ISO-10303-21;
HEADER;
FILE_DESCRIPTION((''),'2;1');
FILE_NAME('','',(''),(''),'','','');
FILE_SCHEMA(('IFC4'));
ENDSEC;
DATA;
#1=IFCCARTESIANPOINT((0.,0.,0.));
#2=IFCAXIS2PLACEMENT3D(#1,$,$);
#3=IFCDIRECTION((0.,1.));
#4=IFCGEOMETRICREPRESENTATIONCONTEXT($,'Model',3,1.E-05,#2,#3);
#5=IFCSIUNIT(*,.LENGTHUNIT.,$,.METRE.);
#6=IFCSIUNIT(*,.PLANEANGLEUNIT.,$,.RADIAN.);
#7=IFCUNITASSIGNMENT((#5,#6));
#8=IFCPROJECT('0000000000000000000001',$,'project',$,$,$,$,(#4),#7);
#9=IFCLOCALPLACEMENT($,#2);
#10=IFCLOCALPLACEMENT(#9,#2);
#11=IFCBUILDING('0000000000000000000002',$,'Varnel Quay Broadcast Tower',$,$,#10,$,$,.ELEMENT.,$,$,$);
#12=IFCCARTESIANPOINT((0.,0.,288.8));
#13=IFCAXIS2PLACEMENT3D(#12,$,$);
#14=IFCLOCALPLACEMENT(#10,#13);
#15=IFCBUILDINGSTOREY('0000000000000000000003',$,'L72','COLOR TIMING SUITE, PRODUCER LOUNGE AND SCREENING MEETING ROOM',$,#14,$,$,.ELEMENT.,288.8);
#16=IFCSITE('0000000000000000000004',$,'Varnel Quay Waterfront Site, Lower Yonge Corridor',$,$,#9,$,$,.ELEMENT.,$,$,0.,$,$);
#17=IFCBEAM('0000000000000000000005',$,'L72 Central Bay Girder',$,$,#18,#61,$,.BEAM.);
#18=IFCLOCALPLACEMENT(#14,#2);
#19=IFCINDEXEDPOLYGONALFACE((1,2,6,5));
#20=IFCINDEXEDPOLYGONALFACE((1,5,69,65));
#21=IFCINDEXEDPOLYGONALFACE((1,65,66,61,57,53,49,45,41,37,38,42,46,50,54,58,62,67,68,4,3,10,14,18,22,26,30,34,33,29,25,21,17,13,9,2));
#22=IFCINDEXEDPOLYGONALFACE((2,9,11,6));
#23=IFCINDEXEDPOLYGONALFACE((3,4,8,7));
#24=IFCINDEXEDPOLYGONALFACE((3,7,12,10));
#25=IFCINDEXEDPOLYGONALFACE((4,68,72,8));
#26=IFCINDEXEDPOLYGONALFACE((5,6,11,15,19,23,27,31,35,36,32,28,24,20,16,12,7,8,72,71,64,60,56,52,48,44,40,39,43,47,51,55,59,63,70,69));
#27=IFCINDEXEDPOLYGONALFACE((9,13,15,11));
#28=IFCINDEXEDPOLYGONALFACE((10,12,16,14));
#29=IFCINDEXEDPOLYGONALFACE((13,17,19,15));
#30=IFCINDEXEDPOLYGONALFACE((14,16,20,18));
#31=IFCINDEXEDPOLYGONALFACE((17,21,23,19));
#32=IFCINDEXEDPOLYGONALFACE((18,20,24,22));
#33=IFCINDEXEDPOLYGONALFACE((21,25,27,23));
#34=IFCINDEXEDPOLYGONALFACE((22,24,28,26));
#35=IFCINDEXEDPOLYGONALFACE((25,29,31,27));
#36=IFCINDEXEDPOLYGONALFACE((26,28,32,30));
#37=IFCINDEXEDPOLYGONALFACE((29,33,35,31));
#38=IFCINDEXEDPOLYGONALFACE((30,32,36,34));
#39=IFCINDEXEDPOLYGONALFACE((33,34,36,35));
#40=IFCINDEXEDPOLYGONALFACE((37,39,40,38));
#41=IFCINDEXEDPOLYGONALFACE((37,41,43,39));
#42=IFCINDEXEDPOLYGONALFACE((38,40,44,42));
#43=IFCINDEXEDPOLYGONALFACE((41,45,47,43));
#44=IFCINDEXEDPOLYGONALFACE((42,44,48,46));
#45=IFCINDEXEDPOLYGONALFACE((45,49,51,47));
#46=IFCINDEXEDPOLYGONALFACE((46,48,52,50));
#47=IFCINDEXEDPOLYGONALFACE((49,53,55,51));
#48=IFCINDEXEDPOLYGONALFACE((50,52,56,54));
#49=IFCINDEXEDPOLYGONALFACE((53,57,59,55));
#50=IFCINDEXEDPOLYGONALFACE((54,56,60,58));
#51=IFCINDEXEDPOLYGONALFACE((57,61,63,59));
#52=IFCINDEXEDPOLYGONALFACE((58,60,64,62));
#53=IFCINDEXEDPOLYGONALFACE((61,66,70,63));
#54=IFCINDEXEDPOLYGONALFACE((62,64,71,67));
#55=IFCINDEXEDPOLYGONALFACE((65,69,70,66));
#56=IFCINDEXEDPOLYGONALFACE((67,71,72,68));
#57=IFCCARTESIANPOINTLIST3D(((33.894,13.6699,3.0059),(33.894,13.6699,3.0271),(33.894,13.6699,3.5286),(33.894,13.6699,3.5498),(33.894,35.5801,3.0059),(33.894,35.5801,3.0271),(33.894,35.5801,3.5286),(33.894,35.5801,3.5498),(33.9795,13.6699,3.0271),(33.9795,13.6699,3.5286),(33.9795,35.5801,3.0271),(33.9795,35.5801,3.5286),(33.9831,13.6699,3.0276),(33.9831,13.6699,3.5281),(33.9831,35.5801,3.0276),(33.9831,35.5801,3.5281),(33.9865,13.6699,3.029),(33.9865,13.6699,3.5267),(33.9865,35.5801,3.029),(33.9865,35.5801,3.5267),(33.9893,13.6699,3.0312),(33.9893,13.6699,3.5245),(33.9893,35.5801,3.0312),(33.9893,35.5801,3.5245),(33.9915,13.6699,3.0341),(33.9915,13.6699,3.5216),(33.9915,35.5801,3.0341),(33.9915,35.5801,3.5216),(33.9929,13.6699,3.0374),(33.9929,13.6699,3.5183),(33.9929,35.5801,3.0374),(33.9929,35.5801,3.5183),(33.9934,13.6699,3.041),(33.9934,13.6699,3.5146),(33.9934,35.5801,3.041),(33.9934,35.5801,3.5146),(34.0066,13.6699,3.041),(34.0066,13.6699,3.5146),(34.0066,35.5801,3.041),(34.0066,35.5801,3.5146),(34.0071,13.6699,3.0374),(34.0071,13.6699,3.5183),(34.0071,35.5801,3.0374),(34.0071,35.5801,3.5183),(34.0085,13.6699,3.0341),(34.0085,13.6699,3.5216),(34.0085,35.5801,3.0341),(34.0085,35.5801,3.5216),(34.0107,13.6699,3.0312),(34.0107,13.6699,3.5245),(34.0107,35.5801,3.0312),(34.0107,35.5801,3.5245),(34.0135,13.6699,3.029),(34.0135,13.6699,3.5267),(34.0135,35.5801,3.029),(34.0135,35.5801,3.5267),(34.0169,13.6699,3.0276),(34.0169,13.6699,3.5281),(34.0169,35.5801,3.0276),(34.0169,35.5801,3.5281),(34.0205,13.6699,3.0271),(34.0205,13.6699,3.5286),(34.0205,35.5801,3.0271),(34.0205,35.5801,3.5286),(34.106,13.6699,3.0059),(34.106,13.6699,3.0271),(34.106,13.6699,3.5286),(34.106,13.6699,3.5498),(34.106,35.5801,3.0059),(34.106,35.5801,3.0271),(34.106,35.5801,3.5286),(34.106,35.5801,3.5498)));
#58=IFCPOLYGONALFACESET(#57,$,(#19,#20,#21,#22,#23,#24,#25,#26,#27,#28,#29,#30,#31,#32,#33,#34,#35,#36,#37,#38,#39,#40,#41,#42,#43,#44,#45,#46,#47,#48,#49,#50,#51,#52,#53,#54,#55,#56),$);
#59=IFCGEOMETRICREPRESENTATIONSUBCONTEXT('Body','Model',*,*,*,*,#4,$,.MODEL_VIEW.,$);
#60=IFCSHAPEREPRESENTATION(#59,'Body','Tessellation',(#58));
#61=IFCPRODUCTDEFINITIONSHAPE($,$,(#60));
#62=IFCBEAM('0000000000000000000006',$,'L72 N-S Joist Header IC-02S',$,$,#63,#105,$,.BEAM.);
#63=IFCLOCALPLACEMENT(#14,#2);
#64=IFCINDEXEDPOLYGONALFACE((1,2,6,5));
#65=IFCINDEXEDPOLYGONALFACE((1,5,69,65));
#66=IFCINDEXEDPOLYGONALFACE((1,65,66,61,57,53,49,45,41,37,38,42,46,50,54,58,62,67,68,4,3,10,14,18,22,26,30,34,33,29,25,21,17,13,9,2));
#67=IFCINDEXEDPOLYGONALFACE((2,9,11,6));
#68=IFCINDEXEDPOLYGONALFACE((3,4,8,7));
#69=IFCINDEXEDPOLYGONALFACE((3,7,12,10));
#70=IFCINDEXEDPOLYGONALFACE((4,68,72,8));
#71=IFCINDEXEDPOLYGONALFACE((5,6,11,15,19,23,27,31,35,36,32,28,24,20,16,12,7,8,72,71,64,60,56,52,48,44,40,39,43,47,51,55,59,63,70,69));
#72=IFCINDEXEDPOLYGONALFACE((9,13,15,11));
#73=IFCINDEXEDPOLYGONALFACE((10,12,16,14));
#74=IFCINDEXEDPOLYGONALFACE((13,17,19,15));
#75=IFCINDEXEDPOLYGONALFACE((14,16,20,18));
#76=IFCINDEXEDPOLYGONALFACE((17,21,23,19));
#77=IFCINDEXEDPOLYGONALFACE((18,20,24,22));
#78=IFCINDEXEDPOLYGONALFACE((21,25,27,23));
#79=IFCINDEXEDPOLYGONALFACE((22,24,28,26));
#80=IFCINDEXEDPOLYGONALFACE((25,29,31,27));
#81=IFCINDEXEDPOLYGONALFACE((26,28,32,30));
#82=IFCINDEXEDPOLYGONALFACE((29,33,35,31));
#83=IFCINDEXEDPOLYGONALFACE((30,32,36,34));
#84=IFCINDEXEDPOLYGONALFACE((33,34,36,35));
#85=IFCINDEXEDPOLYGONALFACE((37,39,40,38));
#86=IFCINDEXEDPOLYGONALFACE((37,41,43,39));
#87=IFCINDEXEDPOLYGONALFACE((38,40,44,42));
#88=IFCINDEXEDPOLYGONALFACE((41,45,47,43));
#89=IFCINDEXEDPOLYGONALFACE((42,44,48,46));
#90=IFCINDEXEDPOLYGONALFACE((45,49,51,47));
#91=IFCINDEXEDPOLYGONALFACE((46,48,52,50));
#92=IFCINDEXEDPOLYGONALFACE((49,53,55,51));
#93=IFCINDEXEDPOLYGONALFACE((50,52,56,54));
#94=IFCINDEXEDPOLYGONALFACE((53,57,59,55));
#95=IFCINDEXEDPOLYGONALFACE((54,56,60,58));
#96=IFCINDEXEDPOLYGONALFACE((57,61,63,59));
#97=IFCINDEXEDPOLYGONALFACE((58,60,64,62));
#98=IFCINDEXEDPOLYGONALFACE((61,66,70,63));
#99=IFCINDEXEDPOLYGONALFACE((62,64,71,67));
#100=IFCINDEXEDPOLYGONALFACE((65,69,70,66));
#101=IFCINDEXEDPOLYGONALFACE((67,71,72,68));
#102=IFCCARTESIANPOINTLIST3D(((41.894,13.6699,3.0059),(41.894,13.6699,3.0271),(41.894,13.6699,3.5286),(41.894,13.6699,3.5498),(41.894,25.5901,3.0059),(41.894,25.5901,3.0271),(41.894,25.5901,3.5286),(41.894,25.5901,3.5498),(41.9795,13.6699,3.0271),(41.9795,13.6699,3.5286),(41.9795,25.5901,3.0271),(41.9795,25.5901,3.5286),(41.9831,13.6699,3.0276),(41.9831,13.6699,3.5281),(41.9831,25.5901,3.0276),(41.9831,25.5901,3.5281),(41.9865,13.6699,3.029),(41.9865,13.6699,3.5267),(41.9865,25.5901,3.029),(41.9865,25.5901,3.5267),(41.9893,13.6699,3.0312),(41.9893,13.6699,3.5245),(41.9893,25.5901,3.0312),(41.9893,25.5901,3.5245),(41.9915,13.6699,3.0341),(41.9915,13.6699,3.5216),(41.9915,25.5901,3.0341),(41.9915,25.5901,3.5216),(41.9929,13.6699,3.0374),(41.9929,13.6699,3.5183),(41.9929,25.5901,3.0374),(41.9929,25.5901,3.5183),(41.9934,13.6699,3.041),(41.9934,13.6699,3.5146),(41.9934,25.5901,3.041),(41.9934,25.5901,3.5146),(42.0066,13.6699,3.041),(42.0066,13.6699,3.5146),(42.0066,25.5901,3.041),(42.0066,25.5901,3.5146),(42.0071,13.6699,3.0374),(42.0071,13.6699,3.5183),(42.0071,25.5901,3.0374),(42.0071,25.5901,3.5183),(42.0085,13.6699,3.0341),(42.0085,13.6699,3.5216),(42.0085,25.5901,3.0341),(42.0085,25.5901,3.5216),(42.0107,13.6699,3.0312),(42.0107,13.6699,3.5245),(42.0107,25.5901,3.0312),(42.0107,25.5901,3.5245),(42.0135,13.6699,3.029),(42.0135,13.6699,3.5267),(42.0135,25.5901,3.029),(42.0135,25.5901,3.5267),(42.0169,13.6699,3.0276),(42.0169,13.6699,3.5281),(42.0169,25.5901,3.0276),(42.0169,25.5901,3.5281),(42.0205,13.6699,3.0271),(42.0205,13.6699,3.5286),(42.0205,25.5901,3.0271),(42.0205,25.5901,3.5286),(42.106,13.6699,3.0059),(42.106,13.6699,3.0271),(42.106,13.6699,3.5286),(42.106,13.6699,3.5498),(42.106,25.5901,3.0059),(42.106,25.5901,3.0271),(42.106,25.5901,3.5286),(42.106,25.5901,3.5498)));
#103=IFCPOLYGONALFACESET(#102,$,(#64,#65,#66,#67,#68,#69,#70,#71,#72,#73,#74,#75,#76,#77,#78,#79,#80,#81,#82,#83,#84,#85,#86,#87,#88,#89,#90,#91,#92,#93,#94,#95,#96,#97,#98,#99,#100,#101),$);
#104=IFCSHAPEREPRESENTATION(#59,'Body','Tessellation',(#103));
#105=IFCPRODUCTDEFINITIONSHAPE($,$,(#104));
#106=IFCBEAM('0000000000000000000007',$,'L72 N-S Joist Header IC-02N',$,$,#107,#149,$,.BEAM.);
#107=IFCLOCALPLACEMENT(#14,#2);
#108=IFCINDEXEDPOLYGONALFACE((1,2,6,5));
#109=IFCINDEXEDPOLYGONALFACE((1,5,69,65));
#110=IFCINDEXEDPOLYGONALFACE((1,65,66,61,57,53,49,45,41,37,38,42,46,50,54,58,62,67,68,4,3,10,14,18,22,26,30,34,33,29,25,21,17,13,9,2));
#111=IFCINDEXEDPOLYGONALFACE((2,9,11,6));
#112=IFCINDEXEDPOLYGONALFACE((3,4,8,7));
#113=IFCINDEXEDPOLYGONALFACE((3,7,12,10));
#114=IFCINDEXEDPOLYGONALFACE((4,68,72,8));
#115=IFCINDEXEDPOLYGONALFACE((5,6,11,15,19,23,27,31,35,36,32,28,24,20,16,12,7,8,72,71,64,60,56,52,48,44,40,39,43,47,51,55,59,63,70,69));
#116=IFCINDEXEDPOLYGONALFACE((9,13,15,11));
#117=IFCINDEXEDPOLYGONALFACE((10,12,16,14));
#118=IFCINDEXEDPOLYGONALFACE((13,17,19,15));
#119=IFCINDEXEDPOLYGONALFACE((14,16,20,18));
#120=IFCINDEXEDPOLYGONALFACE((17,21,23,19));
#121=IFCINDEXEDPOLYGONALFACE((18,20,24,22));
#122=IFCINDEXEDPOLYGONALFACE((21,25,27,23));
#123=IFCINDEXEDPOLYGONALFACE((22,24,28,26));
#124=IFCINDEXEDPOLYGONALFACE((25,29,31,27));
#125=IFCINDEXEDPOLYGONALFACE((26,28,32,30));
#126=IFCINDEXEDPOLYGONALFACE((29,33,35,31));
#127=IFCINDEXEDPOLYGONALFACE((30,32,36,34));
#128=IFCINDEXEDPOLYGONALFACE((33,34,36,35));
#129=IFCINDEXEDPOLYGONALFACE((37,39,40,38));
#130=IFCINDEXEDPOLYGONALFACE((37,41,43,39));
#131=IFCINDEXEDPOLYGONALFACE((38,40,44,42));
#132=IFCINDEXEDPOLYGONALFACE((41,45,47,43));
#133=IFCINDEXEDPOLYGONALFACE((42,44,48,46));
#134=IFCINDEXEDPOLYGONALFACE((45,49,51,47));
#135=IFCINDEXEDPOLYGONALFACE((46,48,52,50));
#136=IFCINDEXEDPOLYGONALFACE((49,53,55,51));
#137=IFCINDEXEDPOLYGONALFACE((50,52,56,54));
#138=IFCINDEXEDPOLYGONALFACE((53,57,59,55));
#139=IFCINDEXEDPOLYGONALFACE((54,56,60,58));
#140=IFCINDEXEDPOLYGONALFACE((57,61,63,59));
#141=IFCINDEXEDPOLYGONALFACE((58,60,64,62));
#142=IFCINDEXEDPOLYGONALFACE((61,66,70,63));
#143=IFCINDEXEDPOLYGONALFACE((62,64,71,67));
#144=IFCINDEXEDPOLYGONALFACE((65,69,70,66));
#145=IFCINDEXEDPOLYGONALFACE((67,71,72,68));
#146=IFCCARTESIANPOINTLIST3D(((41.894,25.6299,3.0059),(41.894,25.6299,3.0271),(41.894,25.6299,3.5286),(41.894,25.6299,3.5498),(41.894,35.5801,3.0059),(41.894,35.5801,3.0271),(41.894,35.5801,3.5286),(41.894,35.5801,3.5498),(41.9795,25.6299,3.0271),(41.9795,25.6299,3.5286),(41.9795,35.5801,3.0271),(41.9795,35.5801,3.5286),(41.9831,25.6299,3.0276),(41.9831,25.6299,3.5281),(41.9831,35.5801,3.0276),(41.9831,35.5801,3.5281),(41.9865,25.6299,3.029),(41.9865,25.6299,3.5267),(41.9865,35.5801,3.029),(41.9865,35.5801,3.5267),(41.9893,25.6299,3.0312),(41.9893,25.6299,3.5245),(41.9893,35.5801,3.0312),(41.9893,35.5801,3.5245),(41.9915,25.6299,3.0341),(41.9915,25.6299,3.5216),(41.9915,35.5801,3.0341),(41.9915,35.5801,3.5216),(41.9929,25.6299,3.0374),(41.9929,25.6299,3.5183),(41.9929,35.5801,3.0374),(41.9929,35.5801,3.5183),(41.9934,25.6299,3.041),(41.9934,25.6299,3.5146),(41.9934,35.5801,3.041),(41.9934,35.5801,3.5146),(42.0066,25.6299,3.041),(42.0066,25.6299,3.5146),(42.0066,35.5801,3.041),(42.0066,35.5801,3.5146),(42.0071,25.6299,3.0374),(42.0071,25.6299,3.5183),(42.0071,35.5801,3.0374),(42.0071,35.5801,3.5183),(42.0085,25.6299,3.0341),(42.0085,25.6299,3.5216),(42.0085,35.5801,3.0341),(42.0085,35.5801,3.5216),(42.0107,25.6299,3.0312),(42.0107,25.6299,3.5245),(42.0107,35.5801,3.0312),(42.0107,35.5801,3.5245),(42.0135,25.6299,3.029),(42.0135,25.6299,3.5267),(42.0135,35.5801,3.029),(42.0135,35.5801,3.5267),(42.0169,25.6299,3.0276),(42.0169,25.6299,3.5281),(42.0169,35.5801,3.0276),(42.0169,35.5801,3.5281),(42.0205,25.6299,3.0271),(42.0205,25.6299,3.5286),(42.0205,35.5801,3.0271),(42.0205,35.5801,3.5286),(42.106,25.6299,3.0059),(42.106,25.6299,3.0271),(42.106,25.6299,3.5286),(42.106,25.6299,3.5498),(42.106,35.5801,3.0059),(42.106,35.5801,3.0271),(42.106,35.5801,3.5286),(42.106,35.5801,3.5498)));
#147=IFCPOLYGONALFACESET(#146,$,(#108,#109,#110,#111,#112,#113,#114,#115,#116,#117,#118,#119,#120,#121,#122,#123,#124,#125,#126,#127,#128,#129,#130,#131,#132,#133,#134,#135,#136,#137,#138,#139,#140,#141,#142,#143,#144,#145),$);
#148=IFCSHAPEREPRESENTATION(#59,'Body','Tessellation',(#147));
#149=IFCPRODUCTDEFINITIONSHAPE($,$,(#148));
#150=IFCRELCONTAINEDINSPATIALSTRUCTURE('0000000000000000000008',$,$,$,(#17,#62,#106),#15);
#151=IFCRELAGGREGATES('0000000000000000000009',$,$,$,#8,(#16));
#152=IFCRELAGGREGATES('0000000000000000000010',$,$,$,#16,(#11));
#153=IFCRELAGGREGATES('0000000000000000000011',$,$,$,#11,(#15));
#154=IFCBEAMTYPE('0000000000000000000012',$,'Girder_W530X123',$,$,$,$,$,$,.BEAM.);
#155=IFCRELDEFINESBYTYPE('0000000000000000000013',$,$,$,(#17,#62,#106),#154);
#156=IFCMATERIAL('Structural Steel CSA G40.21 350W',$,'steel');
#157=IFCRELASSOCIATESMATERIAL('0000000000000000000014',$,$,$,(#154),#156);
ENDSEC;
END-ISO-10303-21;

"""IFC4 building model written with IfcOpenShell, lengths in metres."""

from ifc_helpers import new_model, si_unit, direction, frame, origin, origin_2d, place, context, subcontext, project, spatial, i_section, extrude, source, transform, mapped, material, material_profile, profile_set, type_object, element, save


model = new_model("IFC4")

# Units and contexts
model_context = context("Model", 3, precision=1e-05, world=origin(), true_north=direction((0.0, 1.0)))
body_context = subcontext(model_context, "Body", "Model", "MODEL_VIEW")
ifc_project = project(units=[si_unit("LENGTHUNIT", "METRE"), si_unit("PLANEANGLEUNIT", "RADIAN")], contexts=[model_context])

# Site, building, storey
site_placement = place(None, origin())
site = spatial("IfcSite", under=ifc_project, at=site_placement, Name="Varnel Quay Waterfront Site, Lower Yonge Corridor", CompositionType="ELEMENT", RefElevation=0.0)
building_placement = place(site_placement, origin())
building = spatial("IfcBuilding", under=site, at=building_placement, Name="Varnel Quay Broadcast Tower", CompositionType="ELEMENT")
storey_placement = place(building_placement, frame((0.0, 0.0, 288.8)))
storey = spatial("IfcBuildingStorey", under=building, at=storey_placement, Name="L72", Description="COLOR TIMING SUITE, PRODUCER LOUNGE AND SCREENING MEETING ROOM", CompositionType="ELEMENT", Elevation=288.8)

# Shared definitions
ifc_material_1 = material(Name="Structural Steel CSA G40.21 350W", Category="steel")

# Beams
ifc_material_profile_1 = material_profile(ifc_material_1, i_section(OverallWidth=0.2119, OverallDepth=0.5439, WebThickness=0.0132, FlangeThickness=0.0212, FilletRadius=0.0139, at=origin_2d()), Name="W530X123")
ifc_profile_set_1 = profile_set([ifc_material_profile_1], Name="Structural Steel CSA G40.21 350W")
beam_type_1 = type_object("IfcBeamType", Name="Girder_W530X123", PredefinedType="BEAM", material=ifc_profile_set_1)
shared_shape_1 = source(origin(), body_context, "Body", "SweptSolid", [
    extrude(i_section(OverallWidth=0.2119, OverallDepth=0.5439, WebThickness=0.0132, FlangeThickness=0.0212, FilletRadius=0.0139, at=origin_2d()), origin(), (0.0, 0.0, 1.0), 21.9102),
])
beam_1_placement = place(storey_placement, frame((34.0, 13.6699, 3.2778), z_axis=(0.0, 1.0, 0.0), x_axis=(-1.0, 0.0, 0.0)))
element("IfcBeam", 1, at=beam_1_placement, inside=storey, type_object=beam_type_1, Name="L72 Central Bay Girder", PredefinedType="BEAM", context=body_context, shape_type="MappedRepresentation", body=[
    mapped(shared_shape_1, transform((0.0, 0.0, 0.0), x_axis=(1.0, 0.0, 0.0), y_axis=(0.0, 1.0, 0.0), z_axis=(0.0, 0.0, 1.0), scale=1.0)),
])
shared_shape_2 = source(origin(), body_context, "Body", "SweptSolid", [
    extrude(i_section(OverallWidth=0.2119, OverallDepth=0.5439, WebThickness=0.0132, FlangeThickness=0.0212, FilletRadius=0.0139, at=origin_2d()), origin(), (0.0, 0.0, 1.0), 11.9202),
])
beam_2_placement = place(storey_placement, frame((42.0, 13.6699, 3.2778), z_axis=(0.0, 1.0, 0.0), x_axis=(-1.0, 0.0, 0.0)))
element("IfcBeam", 2, at=beam_2_placement, inside=storey, type_object=beam_type_1, Name="L72 N-S Joist Header IC-02S", PredefinedType="BEAM", context=body_context, shape_type="MappedRepresentation", body=[
    mapped(shared_shape_2, transform((0.0, 0.0, 0.0), x_axis=(1.0, 0.0, 0.0), y_axis=(0.0, 1.0, 0.0), z_axis=(0.0, 0.0, 1.0), scale=1.0)),
])
shared_shape_3 = source(origin(), body_context, "Body", "SweptSolid", [
    extrude(i_section(OverallWidth=0.2119, OverallDepth=0.5439, WebThickness=0.0132, FlangeThickness=0.0212, FilletRadius=0.0139, at=origin_2d()), origin(), (0.0, 0.0, 1.0), 9.9502),
])
beam_3_placement = place(storey_placement, frame((42.0, 25.6299, 3.2778), z_axis=(0.0, 1.0, 0.0), x_axis=(-1.0, 0.0, 0.0)))
element("IfcBeam", 3, at=beam_3_placement, inside=storey, type_object=beam_type_1, Name="L72 N-S Joist Header IC-02N", PredefinedType="BEAM", context=body_context, shape_type="MappedRepresentation", body=[
    mapped(shared_shape_3, transform((0.0, 0.0, 0.0), x_axis=(1.0, 0.0, 0.0), y_axis=(0.0, 1.0, 0.0), z_axis=(0.0, 0.0, 1.0), scale=1.0)),
])

save(model, "model.ifc")
